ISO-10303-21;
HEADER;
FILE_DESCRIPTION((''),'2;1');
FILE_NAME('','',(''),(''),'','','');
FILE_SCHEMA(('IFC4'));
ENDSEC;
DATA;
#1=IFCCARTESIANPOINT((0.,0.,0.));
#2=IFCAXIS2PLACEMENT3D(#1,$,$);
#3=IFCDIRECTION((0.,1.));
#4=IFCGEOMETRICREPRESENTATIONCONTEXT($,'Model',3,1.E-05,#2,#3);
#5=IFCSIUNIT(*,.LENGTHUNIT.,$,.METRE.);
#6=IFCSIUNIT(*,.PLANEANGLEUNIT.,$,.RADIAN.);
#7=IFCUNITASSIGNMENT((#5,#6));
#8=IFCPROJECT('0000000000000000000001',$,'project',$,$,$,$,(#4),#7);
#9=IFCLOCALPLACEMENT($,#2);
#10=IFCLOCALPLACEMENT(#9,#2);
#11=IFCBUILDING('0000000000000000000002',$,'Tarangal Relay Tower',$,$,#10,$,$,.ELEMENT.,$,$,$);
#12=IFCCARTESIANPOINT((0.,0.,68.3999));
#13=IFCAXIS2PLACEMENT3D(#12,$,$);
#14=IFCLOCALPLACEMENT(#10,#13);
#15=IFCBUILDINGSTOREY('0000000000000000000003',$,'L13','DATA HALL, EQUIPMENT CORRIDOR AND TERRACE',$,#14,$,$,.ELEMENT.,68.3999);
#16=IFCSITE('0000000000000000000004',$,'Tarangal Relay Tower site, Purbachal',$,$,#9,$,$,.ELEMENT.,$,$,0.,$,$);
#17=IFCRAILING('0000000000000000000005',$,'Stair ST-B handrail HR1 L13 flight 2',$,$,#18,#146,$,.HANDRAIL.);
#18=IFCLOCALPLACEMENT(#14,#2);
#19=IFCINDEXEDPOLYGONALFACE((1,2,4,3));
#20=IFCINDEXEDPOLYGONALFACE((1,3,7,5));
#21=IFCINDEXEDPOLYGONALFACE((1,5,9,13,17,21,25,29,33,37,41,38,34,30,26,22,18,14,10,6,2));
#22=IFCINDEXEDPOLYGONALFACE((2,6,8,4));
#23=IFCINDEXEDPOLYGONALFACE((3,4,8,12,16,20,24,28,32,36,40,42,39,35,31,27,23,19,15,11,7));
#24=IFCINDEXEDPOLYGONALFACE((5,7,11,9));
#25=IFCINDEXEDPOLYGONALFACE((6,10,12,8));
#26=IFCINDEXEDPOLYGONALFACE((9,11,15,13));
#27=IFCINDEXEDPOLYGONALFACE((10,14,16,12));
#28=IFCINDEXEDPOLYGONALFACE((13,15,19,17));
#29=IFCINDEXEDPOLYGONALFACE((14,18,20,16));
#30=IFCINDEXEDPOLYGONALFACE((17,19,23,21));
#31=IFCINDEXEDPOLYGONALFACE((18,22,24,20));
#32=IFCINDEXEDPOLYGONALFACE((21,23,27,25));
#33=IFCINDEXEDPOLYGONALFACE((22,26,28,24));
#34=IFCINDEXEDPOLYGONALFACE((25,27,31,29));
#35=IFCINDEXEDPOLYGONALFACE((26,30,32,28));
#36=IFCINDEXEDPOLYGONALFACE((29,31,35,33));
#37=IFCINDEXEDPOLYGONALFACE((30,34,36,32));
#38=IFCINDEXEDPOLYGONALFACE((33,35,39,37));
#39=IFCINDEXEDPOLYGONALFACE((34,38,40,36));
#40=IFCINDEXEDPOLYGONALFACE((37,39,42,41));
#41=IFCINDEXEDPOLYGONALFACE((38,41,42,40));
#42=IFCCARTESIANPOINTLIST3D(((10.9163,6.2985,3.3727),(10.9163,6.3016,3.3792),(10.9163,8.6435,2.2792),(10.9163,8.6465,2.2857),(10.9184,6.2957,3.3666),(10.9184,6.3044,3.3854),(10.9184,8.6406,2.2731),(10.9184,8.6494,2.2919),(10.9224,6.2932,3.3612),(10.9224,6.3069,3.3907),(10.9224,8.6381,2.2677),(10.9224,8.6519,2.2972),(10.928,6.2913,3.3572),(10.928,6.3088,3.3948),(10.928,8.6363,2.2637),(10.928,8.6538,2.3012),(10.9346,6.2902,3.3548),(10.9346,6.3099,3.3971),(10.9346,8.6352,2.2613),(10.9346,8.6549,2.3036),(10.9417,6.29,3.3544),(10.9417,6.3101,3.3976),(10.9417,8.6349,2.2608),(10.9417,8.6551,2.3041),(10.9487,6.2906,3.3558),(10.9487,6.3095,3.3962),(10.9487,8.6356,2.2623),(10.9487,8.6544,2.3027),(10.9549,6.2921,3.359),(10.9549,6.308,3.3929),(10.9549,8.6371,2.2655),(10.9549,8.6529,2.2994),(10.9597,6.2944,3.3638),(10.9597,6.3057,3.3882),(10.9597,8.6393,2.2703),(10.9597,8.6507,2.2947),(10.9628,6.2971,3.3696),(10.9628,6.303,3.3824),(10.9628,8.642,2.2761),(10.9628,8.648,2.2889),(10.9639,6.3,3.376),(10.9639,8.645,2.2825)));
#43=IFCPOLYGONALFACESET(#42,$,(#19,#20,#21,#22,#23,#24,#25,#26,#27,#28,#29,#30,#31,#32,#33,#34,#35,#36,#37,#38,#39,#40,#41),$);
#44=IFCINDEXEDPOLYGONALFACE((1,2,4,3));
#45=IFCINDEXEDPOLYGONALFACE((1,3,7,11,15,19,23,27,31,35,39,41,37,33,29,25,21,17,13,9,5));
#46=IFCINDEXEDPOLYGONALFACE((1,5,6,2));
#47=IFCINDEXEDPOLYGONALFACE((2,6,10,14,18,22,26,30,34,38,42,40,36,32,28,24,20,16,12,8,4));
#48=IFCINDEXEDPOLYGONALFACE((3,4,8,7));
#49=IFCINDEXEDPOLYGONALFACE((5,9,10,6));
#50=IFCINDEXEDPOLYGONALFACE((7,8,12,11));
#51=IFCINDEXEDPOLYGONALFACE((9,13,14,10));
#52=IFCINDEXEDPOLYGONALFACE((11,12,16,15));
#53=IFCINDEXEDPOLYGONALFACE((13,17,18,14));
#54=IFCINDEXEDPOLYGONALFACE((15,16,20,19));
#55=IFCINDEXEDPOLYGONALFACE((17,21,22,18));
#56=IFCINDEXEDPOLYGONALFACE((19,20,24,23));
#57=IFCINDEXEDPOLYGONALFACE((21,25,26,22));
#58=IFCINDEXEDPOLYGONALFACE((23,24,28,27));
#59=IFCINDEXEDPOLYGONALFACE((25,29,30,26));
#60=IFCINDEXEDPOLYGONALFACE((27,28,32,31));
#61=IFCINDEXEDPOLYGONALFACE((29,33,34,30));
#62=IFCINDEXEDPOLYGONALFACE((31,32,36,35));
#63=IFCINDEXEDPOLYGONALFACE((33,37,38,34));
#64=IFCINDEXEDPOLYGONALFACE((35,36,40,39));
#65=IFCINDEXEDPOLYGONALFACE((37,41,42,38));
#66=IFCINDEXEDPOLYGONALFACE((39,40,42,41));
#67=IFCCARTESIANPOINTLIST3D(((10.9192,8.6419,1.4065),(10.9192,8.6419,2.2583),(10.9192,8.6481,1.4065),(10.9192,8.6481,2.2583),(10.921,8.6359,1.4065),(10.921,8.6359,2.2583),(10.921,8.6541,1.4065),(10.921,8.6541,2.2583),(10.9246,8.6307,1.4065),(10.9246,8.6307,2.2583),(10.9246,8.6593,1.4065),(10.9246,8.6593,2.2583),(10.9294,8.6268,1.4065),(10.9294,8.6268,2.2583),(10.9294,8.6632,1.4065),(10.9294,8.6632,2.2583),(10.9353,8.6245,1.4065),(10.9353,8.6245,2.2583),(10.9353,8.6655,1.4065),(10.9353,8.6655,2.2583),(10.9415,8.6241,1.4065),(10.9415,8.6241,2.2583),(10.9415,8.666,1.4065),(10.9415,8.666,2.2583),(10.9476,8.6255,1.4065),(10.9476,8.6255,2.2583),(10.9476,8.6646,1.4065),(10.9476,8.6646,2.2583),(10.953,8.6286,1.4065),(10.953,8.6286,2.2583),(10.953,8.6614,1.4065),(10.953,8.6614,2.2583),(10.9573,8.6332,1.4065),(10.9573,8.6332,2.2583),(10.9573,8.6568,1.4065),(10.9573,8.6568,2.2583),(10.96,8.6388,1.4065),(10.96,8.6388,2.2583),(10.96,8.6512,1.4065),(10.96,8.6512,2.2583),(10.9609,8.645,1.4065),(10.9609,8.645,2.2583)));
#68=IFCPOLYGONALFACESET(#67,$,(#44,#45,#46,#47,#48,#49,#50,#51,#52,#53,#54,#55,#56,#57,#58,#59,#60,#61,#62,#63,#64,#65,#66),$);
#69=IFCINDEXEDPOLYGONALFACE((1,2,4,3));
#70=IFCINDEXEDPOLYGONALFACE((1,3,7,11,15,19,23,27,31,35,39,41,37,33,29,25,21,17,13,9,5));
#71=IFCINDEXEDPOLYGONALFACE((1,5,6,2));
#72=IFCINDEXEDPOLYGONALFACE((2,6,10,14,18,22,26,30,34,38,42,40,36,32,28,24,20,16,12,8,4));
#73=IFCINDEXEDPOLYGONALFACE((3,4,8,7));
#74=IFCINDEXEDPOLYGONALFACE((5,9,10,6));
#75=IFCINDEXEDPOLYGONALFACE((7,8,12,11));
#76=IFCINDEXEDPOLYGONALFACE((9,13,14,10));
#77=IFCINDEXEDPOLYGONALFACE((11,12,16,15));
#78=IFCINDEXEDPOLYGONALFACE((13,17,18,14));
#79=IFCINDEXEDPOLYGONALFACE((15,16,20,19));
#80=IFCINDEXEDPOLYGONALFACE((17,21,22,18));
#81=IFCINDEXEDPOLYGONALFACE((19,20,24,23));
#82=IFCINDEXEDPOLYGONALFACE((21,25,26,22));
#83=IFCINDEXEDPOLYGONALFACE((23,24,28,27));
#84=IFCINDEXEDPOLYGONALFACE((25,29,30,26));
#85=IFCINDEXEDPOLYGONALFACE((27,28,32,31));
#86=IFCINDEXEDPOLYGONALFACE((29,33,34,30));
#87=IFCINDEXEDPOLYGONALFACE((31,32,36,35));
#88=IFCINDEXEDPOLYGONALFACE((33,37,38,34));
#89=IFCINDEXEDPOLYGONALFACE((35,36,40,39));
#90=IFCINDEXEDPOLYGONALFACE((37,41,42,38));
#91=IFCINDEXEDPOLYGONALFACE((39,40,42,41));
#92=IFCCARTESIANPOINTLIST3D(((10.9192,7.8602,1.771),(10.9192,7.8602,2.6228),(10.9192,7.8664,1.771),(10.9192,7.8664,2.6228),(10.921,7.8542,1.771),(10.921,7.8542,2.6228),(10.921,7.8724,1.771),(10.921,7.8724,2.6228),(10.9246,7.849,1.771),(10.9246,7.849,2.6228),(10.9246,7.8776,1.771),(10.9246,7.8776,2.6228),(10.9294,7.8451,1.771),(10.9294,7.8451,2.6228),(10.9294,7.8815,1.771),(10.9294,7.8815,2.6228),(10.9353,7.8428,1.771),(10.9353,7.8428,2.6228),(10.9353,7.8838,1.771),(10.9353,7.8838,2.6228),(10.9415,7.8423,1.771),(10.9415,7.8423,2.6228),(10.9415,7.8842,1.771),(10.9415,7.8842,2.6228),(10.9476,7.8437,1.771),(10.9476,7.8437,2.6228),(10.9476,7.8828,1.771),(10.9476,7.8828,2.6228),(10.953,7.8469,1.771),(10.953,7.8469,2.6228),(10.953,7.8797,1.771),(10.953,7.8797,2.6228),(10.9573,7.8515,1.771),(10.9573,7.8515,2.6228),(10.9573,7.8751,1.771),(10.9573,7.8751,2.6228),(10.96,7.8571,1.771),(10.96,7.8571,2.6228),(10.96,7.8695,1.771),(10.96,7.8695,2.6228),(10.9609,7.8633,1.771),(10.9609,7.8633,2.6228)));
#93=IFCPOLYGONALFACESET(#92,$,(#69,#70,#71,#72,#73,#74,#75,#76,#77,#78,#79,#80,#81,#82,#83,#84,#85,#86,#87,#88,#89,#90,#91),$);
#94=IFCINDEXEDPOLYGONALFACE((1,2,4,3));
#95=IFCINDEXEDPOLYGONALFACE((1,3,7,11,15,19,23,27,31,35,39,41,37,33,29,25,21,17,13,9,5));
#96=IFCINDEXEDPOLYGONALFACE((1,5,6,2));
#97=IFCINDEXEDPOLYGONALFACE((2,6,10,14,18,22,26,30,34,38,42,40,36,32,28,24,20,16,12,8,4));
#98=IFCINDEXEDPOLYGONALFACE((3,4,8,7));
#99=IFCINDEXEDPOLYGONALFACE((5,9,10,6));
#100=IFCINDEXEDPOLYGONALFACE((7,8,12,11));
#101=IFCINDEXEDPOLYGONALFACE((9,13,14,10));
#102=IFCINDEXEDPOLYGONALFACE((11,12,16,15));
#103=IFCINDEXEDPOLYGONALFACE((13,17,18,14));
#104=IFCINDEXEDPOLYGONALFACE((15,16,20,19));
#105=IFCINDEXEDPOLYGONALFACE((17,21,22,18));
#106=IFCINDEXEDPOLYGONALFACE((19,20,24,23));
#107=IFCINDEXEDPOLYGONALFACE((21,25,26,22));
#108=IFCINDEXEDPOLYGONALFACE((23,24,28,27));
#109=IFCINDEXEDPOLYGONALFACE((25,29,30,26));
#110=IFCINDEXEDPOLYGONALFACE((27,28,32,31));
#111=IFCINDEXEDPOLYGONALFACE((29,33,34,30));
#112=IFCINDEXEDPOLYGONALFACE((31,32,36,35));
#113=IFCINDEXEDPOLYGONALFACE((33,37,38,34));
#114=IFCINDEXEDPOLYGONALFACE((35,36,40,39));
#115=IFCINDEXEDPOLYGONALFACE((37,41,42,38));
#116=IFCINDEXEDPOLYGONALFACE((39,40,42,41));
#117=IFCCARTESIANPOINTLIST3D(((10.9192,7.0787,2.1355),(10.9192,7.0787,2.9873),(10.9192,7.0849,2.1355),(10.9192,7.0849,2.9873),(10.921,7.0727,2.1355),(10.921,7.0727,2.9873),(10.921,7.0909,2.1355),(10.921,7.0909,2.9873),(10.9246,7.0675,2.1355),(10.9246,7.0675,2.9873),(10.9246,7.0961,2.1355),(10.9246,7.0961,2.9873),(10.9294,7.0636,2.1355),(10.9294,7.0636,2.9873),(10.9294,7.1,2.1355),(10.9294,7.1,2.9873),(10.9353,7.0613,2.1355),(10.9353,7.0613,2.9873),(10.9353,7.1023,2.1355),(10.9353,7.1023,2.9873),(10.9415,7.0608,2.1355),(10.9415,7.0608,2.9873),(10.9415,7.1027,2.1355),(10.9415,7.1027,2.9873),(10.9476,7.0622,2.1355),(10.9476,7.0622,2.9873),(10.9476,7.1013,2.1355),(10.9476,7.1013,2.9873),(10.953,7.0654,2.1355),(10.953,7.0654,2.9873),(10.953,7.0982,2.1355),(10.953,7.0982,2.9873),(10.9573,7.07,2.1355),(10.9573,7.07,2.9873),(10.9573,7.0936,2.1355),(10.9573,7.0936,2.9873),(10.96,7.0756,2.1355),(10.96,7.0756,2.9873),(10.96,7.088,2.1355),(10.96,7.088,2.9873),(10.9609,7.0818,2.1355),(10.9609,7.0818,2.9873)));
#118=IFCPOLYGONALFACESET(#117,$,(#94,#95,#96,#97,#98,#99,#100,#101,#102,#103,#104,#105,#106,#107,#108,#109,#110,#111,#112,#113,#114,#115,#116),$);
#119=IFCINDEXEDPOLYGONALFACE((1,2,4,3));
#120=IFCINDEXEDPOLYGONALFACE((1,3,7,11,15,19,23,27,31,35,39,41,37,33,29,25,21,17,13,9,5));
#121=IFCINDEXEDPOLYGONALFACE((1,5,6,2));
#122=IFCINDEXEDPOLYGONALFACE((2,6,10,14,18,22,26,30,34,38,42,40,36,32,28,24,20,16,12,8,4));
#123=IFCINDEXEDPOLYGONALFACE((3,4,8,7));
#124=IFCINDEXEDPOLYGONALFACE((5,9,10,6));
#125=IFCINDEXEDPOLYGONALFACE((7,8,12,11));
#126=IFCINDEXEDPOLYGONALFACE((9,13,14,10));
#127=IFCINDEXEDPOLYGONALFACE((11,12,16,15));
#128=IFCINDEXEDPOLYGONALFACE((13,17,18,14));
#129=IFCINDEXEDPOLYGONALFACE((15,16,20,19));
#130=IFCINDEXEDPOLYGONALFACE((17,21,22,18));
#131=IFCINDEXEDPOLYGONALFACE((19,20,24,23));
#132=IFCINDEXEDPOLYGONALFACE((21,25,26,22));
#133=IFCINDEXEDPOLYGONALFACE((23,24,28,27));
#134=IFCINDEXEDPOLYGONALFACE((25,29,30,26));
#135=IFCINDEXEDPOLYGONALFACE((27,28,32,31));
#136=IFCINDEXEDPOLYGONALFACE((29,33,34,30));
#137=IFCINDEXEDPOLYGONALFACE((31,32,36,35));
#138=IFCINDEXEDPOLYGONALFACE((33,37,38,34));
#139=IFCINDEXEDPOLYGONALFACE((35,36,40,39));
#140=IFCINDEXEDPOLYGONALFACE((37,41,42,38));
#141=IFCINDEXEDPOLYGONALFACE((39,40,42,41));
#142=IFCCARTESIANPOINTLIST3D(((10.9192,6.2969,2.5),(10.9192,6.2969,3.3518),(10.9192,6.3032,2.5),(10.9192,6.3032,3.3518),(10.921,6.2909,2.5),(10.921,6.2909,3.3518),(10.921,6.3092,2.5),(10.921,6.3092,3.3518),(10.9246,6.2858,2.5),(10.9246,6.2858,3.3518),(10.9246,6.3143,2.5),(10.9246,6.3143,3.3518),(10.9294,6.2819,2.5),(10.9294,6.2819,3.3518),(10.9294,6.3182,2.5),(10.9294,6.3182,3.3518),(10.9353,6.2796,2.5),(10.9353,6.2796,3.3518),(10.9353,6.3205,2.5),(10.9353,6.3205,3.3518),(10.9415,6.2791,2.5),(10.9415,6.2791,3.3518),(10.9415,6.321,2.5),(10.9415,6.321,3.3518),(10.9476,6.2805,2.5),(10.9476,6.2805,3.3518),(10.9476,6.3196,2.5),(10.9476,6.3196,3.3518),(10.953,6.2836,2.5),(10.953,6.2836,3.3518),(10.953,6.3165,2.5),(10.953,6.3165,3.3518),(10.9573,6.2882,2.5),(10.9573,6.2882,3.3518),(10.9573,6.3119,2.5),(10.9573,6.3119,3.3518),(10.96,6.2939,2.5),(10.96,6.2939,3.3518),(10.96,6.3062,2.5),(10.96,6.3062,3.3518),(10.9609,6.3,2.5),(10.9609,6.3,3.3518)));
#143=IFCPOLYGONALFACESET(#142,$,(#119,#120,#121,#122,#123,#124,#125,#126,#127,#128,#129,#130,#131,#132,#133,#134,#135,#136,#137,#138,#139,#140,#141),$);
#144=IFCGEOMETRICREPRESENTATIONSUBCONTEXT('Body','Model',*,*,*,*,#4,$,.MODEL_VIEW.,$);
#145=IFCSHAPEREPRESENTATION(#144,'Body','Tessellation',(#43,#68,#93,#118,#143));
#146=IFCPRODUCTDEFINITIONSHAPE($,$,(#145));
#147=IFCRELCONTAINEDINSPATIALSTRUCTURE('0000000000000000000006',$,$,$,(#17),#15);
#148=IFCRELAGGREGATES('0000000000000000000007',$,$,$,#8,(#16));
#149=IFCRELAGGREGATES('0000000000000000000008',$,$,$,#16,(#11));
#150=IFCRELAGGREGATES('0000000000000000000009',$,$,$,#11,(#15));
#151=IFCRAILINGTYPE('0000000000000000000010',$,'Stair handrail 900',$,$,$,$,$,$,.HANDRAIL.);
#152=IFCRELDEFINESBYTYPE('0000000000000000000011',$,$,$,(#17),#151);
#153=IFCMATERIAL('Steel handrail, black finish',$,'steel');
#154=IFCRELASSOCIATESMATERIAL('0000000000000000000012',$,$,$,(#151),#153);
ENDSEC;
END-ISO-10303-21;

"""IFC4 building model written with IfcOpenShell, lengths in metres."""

from ifc_helpers import new_model, si_unit, direction, frame, origin, origin_2d, place, context, subcontext, project, spatial, circle, extrude, material, type_object, element, save


model = new_model("IFC4")

# Units and contexts
model_context = context("Model", 3, precision=1e-05, world=origin(), true_north=direction((0.0, 1.0)))
body_context = subcontext(model_context, "Body", "Model", "MODEL_VIEW")
ifc_project = project(units=[si_unit("LENGTHUNIT", "METRE"), si_unit("PLANEANGLEUNIT", "RADIAN")], contexts=[model_context])

# Site, building, storey
site_placement = place(None, origin())
site = spatial("IfcSite", under=ifc_project, at=site_placement, Name="Tarangal Relay Tower site, Purbachal", CompositionType="ELEMENT", RefElevation=0.0)
building_placement = place(site_placement, origin())
building = spatial("IfcBuilding", under=site, at=building_placement, Name="Tarangal Relay Tower", CompositionType="ELEMENT")
storey_placement = place(building_placement, frame((0.0, 0.0, 68.3999)))
storey = spatial("IfcBuildingStorey", under=building, at=storey_placement, Name="L13", Description="DATA HALL, EQUIPMENT CORRIDOR AND TERRACE", CompositionType="ELEMENT", Elevation=68.3999)

# Railing
ifc_material_1 = material(Name="Steel handrail, black finish", Category="steel")
railing_type_1 = type_object("IfcRailingType", Name="Stair handrail 900", PredefinedType="HANDRAIL", material=ifc_material_1)
for number, where, name in (
    (1, (10.9399, 8.645, 1.4065), "Stair ST-B handrail HR1 L13 flight 2"),
):
    element("IfcRailing", number, at=place(storey_placement, frame(where)), inside=storey, type_object=railing_type_1, Name=name, PredefinedType="HANDRAIL", context=body_context, shape_type="SweptSolid", body=[
        extrude(circle(Radius=0.0239, at=origin_2d()), frame((0.0, 0.0, 0.876), z_axis=(0.0, -0.906304, 0.422627), x_axis=(1.0, 0.0, 0.0)), (0.0, 0.0, 1.0), 2.5874),
        extrude(circle(Radius=0.021, at=origin_2d()), origin(), (0.0, 0.0, 1.0), 0.8518),
        extrude(circle(Radius=0.021, at=origin_2d()), frame((0.0, -0.7817, 0.3645)), (0.0, 0.0, 1.0), 0.8518),
        extrude(circle(Radius=0.021, at=origin_2d()), frame((0.0, -1.5632, 0.729)), (0.0, 0.0, 1.0), 0.8518),
        extrude(circle(Radius=0.021, at=origin_2d()), frame((0.0, -2.345, 1.0935)), (0.0, 0.0, 1.0), 0.8518),
    ])

save(model, "model.ifc")
